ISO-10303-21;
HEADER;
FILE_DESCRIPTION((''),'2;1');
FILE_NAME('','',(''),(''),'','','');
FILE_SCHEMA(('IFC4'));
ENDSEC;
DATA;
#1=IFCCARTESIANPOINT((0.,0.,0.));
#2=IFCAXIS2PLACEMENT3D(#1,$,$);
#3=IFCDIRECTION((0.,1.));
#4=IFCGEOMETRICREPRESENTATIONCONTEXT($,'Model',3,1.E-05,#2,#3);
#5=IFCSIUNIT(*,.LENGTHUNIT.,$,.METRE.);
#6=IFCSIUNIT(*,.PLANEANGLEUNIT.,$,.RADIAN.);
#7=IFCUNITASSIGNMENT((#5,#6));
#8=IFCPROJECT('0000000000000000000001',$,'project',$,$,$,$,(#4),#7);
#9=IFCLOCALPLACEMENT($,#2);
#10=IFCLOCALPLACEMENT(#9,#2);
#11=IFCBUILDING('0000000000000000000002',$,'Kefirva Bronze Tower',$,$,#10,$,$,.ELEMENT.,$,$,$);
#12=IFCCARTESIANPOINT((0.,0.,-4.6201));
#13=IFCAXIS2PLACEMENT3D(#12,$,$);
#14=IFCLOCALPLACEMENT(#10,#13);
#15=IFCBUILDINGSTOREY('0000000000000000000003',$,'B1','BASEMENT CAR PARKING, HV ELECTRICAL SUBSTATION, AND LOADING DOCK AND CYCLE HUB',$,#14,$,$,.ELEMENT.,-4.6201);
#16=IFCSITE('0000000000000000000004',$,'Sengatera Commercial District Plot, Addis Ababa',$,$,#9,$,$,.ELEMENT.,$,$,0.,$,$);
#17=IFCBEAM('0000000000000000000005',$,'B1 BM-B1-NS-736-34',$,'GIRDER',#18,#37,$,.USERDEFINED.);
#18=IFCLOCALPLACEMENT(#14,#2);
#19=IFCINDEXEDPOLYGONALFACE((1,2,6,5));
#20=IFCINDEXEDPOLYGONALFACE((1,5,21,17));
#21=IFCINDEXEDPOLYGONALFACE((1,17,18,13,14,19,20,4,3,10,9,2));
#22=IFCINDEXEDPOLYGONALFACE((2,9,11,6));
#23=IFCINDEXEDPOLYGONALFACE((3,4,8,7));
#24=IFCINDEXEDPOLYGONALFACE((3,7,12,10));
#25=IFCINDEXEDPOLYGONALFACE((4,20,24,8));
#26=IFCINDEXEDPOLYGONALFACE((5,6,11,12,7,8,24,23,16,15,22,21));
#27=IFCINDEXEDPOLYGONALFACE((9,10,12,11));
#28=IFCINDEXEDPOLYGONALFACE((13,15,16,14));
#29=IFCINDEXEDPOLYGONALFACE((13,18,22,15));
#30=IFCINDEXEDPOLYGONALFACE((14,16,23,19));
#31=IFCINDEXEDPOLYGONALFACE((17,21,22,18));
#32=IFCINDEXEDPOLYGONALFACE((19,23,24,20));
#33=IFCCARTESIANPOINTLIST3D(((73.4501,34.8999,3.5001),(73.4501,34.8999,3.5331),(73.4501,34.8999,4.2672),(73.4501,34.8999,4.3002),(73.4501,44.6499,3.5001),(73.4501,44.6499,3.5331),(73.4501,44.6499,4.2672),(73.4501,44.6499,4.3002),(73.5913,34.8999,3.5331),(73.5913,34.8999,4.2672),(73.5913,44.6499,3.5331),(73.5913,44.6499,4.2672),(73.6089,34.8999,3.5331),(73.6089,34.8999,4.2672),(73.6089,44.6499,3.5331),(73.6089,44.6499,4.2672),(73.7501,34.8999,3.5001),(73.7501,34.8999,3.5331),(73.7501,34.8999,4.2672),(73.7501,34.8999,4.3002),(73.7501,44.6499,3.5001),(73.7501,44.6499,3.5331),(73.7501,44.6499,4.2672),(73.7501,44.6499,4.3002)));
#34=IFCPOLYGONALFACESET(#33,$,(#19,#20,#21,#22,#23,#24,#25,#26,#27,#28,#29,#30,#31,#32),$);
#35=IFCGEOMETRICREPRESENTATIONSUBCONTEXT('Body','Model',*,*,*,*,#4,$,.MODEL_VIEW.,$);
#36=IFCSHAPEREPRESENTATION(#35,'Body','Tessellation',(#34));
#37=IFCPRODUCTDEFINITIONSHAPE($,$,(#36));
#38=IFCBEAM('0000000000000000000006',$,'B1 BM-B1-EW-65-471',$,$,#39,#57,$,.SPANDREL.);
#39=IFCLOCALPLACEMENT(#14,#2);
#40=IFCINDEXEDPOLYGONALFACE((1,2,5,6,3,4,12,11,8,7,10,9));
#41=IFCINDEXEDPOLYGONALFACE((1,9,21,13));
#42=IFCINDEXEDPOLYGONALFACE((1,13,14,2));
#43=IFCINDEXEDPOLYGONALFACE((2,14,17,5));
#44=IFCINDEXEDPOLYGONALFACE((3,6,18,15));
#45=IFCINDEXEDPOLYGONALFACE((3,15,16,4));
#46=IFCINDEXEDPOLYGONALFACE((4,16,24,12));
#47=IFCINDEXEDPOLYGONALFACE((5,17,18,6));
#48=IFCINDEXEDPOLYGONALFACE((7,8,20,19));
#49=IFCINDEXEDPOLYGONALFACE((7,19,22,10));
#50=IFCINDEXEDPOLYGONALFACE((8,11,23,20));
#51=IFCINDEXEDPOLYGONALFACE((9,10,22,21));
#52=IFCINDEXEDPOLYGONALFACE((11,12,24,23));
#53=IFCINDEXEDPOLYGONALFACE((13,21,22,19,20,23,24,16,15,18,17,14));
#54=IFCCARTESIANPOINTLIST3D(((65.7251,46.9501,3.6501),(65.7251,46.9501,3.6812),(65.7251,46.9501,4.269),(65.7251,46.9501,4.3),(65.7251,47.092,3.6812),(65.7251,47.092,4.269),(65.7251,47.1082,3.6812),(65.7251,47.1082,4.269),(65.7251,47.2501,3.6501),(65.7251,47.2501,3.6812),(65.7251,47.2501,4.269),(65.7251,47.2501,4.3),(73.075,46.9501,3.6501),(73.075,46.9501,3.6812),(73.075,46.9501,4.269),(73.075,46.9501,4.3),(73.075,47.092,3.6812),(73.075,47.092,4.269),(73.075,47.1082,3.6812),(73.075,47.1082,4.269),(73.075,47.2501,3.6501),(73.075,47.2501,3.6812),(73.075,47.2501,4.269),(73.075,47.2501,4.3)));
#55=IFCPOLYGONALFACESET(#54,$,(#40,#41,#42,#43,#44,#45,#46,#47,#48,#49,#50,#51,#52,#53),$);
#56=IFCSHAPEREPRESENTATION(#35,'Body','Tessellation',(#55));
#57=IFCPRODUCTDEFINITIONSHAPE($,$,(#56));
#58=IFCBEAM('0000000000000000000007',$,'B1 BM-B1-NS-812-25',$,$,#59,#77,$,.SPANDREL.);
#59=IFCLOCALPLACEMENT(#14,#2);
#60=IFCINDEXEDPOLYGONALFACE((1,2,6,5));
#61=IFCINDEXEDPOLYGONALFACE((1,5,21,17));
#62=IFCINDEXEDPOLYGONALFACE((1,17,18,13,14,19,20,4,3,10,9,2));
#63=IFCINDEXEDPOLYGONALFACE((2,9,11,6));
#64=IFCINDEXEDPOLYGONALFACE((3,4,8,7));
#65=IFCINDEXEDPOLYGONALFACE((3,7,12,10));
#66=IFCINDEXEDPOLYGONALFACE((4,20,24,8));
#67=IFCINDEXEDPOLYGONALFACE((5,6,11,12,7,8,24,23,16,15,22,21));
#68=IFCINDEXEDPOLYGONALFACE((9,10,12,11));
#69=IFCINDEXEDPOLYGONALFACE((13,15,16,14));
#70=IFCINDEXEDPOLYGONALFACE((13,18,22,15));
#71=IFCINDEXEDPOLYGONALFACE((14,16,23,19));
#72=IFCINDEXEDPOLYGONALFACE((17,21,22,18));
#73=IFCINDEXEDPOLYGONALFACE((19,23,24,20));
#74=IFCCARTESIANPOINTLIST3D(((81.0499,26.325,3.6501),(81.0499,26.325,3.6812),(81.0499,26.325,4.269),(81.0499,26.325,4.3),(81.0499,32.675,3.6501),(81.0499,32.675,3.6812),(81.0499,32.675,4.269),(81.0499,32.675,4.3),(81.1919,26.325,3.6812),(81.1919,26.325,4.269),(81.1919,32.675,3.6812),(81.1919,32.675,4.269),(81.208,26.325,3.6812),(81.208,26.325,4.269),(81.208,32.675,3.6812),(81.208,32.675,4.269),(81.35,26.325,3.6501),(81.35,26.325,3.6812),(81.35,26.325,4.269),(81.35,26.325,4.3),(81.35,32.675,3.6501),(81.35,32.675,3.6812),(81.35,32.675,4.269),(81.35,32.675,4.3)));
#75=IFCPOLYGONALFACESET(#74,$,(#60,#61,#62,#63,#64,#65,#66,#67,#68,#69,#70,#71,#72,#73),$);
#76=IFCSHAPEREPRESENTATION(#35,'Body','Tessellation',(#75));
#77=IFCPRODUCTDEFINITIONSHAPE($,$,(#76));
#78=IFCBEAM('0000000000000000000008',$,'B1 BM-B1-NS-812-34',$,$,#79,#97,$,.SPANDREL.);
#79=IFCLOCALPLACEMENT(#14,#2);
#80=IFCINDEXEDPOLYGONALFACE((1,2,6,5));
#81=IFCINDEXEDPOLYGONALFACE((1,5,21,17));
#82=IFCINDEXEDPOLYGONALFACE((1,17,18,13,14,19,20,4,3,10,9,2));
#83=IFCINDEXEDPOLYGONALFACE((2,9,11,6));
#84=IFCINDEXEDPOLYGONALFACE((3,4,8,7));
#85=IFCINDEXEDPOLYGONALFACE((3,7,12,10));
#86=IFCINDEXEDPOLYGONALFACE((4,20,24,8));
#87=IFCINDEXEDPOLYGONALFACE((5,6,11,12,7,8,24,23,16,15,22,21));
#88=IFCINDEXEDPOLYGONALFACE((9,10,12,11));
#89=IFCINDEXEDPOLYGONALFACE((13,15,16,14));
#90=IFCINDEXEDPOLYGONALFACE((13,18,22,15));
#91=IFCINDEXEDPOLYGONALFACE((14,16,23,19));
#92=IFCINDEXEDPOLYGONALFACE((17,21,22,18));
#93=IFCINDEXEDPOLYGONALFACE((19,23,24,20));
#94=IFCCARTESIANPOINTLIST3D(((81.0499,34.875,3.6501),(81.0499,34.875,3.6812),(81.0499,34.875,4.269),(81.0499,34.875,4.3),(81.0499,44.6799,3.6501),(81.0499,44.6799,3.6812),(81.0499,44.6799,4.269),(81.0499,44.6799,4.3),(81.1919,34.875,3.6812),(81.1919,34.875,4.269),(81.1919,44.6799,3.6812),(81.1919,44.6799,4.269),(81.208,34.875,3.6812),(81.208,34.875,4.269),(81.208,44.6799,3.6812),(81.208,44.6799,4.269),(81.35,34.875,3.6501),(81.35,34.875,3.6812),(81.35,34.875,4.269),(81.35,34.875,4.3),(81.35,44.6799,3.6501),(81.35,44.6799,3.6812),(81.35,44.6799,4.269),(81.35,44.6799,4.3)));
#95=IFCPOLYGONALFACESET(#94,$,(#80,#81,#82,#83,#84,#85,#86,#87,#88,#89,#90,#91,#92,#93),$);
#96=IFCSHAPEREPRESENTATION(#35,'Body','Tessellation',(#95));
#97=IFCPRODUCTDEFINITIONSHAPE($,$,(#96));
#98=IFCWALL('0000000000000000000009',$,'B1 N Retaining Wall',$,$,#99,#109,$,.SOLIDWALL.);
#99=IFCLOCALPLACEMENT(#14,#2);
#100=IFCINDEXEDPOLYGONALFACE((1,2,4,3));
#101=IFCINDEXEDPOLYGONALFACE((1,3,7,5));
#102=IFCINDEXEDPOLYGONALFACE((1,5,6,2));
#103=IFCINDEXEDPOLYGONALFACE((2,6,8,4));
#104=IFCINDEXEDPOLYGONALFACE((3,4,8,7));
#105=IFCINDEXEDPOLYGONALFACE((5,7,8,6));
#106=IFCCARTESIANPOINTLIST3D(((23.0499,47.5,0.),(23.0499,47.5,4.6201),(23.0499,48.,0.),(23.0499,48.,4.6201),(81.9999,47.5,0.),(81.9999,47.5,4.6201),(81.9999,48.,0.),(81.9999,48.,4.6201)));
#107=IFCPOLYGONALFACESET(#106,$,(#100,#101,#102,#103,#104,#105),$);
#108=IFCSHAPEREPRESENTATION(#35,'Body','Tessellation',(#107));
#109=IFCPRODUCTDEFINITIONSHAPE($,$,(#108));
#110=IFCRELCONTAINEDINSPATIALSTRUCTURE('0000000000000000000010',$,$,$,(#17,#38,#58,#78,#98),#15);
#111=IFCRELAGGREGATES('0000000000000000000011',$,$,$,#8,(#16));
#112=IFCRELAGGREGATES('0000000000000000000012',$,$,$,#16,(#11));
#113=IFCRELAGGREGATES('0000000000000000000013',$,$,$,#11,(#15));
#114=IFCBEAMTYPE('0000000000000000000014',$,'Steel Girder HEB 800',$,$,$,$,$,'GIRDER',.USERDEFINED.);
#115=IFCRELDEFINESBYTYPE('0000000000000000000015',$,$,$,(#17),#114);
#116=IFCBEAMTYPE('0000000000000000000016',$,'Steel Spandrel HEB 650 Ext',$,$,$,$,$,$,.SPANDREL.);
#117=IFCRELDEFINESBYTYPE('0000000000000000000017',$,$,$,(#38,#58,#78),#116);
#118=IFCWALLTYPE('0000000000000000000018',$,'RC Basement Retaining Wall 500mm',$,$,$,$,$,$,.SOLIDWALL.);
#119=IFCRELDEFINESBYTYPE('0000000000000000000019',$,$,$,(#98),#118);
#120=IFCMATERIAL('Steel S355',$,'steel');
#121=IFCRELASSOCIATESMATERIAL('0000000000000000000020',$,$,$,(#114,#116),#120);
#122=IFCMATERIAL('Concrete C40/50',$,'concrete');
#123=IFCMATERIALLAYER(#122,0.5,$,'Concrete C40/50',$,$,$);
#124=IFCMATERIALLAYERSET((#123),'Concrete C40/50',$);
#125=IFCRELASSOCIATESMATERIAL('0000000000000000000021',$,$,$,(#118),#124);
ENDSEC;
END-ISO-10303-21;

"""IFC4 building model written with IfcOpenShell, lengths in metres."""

from ifc_helpers import new_model, si_unit, direction, frame, frame_2d, origin, origin_2d, place, context, subcontext, project, spatial, rectangle, i_section, extrude, material, layer, layer_set, material_profile, profile_set, type_object, element, save


model = new_model("IFC4")

# Units and contexts
model_context = context("Model", 3, precision=1e-05, world=origin(), true_north=direction((0.0, 1.0)))
body_context = subcontext(model_context, "Body", "Model", "MODEL_VIEW")
ifc_project = project(units=[si_unit("LENGTHUNIT", "METRE"), si_unit("PLANEANGLEUNIT", "RADIAN")], contexts=[model_context])

# Site, building, storey
site_placement = place(None, origin())
site = spatial("IfcSite", under=ifc_project, at=site_placement, Name="Sengatera Commercial District Plot, Addis Ababa", CompositionType="ELEMENT", RefElevation=0.0)
building_placement = place(site_placement, origin())
building = spatial("IfcBuilding", under=site, at=building_placement, Name="Kefirva Bronze Tower", CompositionType="ELEMENT")
storey_placement = place(building_placement, frame((0.0, 0.0, -4.6201)))
storey = spatial("IfcBuildingStorey", under=building, at=storey_placement, Name="B1", Description="BASEMENT CAR PARKING, HV ELECTRICAL SUBSTATION, AND LOADING DOCK AND CYCLE HUB", CompositionType="ELEMENT", Elevation=-4.6201)

# Beams
ifc_material_1 = material(Name="Steel S355", Category="steel")
ifc_material_profile_1 = material_profile(ifc_material_1, i_section(OverallWidth=0.3, OverallDepth=0.8, WebThickness=0.0176, FlangeThickness=0.033, at=origin_2d()), Name="HEB 800")
ifc_profile_set_1 = profile_set([ifc_material_profile_1], Name="Steel S355")
beam_type_1 = type_object("IfcBeamType", Name="Steel Girder HEB 800", ElementType="GIRDER", PredefinedType="USERDEFINED", material=ifc_profile_set_1)
beam_1_placement = place(storey_placement, frame((73.6001, 34.8999, 3.9001), z_axis=(0.0, 1.0, 0.0), x_axis=(-1.0, 0.0, 0.0)))
element("IfcBeam", 1, at=beam_1_placement, inside=storey, type_object=beam_type_1, Name="B1 BM-B1-NS-736-34", ObjectType="GIRDER", PredefinedType="USERDEFINED", context=body_context, shape_type="SweptSolid", body=[
    extrude(i_section(OverallWidth=0.3, OverallDepth=0.8, WebThickness=0.0176, FlangeThickness=0.033, at=origin_2d()), origin(), (0.0, 0.0, 1.0), 9.75),
])
ifc_material_profile_2 = material_profile(ifc_material_1, i_section(OverallWidth=0.3, OverallDepth=0.6499, WebThickness=0.0161, FlangeThickness=0.031, at=origin_2d()), Name="HEB 650")
ifc_profile_set_2 = profile_set([ifc_material_profile_2], Name="Steel S355")
beam_type_2 = type_object("IfcBeamType", Name="Steel Spandrel HEB 650 Ext", PredefinedType="SPANDREL", material=ifc_profile_set_2)
beam_2_placement = place(storey_placement, frame((65.7251, 47.1001, 3.9751), z_axis=(1.0, 0.0, 0.0), x_axis=(0.0, 1.0, 0.0)))
element("IfcBeam", 2, at=beam_2_placement, inside=storey, type_object=beam_type_2, Name="B1 BM-B1-EW-65-471", PredefinedType="SPANDREL", context=body_context, shape_type="SweptSolid", body=[
    extrude(i_section(OverallWidth=0.3, OverallDepth=0.6499, WebThickness=0.0161, FlangeThickness=0.031, at=origin_2d()), origin(), (0.0, 0.0, 1.0), 7.3499),
])
beam_3_placement = place(storey_placement, frame((81.2, 26.325, 3.9751), z_axis=(0.0, 1.0, 0.0), x_axis=(-1.0, 0.0, 0.0)))
element("IfcBeam", 3, at=beam_3_placement, inside=storey, type_object=beam_type_2, Name="B1 BM-B1-NS-812-25", PredefinedType="SPANDREL", context=body_context, shape_type="SweptSolid", body=[
    extrude(i_section(OverallWidth=0.3, OverallDepth=0.6499, WebThickness=0.0161, FlangeThickness=0.031, at=origin_2d()), origin(), (0.0, 0.0, 1.0), 6.3501),
])
beam_4_placement = place(storey_placement, frame((81.2, 34.875, 3.9751), z_axis=(0.0, 1.0, 0.0), x_axis=(-1.0, 0.0, 0.0)))
element("IfcBeam", 4, at=beam_4_placement, inside=storey, type_object=beam_type_2, Name="B1 BM-B1-NS-812-34", PredefinedType="SPANDREL", context=body_context, shape_type="SweptSolid", body=[
    extrude(i_section(OverallWidth=0.3, OverallDepth=0.6499, WebThickness=0.0161, FlangeThickness=0.031, at=origin_2d()), origin(), (0.0, 0.0, 1.0), 9.8049),
])

# Wall
ifc_material_2 = material(Name="Concrete C40/50", Category="concrete")
ifc_layer = layer(ifc_material_2, 0.5, Name="Concrete C40/50")
ifc_layer_set = layer_set([ifc_layer], Name="Concrete C40/50")
wall_type = type_object("IfcWallType", Name="RC Basement Retaining Wall 500mm", PredefinedType="SOLIDWALL", material=ifc_layer_set)
wall_placement = place(storey_placement, frame((82.0, 47.75, 0.0), z_axis=(0.0, 0.0, 1.0), x_axis=(-1.0, 0.0, 0.0)))
element("IfcWall", 5, at=wall_placement, inside=storey, type_object=wall_type, Name="B1 N Retaining Wall", PredefinedType="SOLIDWALL", context=body_context, shape_type="SweptSolid", body=[
    extrude(rectangle(XDim=58.95, YDim=0.5, at=frame_2d((29.4751, 0.0))), origin(), (0.0, 0.0, 1.0), 4.6201),
])

save(model, "model.ifc")
